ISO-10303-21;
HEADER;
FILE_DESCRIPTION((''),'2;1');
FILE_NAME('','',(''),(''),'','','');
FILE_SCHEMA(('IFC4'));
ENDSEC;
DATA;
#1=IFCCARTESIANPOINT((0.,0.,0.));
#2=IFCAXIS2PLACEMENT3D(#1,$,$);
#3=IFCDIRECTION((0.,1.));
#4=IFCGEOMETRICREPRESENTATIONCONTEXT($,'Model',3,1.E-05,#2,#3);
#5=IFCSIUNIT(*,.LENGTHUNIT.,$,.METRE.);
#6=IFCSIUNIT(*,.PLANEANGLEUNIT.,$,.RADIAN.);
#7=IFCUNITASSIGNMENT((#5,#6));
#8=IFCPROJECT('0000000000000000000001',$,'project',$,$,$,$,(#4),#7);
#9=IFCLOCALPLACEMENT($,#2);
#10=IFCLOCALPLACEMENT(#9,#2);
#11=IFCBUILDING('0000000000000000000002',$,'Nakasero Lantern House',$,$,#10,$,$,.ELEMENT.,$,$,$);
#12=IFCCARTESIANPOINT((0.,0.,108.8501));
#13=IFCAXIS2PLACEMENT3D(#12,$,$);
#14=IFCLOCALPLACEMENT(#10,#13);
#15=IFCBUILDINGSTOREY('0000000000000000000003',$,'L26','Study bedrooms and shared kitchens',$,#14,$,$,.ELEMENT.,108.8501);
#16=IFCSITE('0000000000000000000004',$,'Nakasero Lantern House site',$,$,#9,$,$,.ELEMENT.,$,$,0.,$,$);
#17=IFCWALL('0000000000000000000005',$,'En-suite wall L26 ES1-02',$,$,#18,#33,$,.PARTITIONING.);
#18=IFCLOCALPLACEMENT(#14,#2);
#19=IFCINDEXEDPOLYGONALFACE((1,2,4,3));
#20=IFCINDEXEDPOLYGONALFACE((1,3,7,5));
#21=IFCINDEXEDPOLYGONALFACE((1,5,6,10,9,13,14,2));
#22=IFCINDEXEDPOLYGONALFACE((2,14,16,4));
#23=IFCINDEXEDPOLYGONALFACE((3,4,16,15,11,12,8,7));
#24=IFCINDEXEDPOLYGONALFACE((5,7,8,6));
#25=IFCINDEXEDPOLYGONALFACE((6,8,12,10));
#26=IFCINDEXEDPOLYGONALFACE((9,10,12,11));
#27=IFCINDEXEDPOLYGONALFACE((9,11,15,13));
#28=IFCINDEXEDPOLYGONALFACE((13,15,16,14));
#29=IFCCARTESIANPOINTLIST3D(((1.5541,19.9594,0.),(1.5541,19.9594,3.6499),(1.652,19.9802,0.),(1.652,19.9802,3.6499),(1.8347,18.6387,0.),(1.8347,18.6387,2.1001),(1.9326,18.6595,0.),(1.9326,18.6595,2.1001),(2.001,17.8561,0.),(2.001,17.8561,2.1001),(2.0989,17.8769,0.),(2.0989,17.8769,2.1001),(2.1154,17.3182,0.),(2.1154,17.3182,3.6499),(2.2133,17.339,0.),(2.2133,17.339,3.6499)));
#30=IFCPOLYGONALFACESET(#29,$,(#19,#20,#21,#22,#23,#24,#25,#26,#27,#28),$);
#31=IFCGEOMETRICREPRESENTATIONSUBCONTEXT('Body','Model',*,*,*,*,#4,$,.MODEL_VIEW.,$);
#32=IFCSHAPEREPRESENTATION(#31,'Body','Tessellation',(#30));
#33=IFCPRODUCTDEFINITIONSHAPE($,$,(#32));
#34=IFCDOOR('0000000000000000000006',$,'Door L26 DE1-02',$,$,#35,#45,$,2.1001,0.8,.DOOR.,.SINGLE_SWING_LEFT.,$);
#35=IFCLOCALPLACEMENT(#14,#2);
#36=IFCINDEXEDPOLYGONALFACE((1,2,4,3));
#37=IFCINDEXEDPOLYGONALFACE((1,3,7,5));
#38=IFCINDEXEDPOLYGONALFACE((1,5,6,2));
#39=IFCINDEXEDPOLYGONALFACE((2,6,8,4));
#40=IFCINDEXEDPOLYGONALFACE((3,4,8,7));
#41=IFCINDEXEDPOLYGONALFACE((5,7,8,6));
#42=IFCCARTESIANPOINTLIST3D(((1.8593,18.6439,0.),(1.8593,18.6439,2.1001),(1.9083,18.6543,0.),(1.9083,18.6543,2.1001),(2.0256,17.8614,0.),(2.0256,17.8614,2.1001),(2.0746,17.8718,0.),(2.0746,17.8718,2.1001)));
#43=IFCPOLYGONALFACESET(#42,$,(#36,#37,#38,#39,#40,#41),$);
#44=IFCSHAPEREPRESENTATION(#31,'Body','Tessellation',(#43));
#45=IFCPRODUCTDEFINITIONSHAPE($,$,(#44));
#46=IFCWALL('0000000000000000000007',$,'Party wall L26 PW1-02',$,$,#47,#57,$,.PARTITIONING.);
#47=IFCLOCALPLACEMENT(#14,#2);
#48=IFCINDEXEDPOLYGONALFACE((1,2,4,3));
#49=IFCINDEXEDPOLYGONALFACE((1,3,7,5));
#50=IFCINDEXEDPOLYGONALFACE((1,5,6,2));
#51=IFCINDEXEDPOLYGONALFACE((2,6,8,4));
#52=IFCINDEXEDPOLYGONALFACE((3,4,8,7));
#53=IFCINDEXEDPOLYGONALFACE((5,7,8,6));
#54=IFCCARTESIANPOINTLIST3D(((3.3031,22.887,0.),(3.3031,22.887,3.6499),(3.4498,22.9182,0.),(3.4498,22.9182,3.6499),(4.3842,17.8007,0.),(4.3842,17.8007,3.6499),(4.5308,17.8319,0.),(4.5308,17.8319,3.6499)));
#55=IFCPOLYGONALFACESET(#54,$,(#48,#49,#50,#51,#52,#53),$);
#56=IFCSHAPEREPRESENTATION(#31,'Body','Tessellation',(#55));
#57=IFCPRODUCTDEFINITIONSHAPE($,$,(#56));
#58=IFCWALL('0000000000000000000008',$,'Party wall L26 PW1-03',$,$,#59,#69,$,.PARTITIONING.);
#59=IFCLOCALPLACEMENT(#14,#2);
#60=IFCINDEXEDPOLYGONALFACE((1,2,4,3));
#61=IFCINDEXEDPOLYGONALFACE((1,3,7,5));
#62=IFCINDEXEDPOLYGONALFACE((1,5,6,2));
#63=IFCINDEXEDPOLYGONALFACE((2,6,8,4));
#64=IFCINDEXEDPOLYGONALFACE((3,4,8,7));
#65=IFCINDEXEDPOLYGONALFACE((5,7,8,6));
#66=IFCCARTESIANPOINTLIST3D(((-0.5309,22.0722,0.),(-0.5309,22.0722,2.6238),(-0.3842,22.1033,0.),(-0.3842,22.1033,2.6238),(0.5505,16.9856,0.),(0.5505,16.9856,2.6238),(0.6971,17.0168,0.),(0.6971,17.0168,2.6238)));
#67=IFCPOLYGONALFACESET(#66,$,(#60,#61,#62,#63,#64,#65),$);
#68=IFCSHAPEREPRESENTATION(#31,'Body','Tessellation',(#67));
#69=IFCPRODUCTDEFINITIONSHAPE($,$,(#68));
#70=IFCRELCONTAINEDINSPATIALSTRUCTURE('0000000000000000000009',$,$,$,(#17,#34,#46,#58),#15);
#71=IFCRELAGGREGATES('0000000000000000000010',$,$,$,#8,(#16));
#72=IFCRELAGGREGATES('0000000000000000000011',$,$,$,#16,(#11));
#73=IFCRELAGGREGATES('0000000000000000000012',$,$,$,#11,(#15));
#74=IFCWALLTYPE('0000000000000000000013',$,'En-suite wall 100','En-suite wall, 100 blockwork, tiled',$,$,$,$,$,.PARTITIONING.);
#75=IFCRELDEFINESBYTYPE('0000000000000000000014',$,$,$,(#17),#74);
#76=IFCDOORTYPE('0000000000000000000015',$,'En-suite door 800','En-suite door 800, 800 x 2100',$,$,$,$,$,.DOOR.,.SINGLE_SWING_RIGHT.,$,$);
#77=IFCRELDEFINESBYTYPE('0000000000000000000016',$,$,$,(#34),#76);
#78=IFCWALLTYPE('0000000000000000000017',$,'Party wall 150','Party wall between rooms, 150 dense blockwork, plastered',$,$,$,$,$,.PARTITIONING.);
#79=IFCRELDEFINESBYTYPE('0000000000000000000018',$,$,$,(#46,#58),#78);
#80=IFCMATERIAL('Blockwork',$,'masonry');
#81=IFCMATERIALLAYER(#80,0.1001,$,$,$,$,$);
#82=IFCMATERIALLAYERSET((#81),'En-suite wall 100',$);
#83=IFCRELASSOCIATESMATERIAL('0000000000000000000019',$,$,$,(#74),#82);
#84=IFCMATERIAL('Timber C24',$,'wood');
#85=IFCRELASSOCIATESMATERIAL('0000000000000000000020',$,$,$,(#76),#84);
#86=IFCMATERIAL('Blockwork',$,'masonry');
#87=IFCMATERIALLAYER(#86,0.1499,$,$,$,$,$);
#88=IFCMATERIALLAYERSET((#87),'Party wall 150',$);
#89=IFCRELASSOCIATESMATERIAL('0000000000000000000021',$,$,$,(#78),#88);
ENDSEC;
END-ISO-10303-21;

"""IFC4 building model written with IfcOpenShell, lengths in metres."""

from ifc_helpers import new_model, si_unit, direction, frame, frame_2d, origin, place, context, subcontext, project, spatial, rectangle, extrude, material, layer, layer_set, type_object, element, fill, save


model = new_model("IFC4")

# Units and contexts
model_context = context("Model", 3, precision=1e-05, world=origin(), true_north=direction((0.0, 1.0)))
body_context = subcontext(model_context, "Body", "Model", "MODEL_VIEW")
ifc_project = project(units=[si_unit("LENGTHUNIT", "METRE"), si_unit("PLANEANGLEUNIT", "RADIAN")], contexts=[model_context])

# Site, building, storey
site_placement = place(None, origin())
site = spatial("IfcSite", under=ifc_project, at=site_placement, Name="Nakasero Lantern House site", CompositionType="ELEMENT", RefElevation=0.0)
building_placement = place(site_placement, origin())
building = spatial("IfcBuilding", under=site, at=building_placement, Name="Nakasero Lantern House", CompositionType="ELEMENT")
storey_placement = place(building_placement, frame((0.0, 0.0, 108.8501)))
storey = spatial("IfcBuildingStorey", under=building, at=storey_placement, Name="L26", Description="Study bedrooms and shared kitchens", CompositionType="ELEMENT", Elevation=108.8501)

# Wall, opening, door
ifc_material_1 = material(Name="Blockwork", Category="masonry")
ifc_layer_1 = layer(ifc_material_1, 0.1001)
ifc_layer_set_1 = layer_set([ifc_layer_1], Name="En-suite wall 100")
wall_type_1 = type_object("IfcWallType", Name="En-suite wall 100", Description="En-suite wall, 100 blockwork, tiled", PredefinedType="PARTITIONING", material=ifc_layer_set_1)
ifc_material_2 = material(Name="Timber C24", Category="wood")
door_type_1 = type_object("IfcDoorType", Name="En-suite door 800", Description="En-suite door 800, 800 x 2100", OperationType="SINGLE_SWING_RIGHT", PredefinedType="DOOR", material=ifc_material_2)
wall_1_placement = place(storey_placement, frame((2.1643, 17.3286, 0.0), z_axis=(0.0, 0.0, 1.0), x_axis=(-0.207874, 0.978156, 0.0)))
wall_1 = element("IfcWall", 1, at=wall_1_placement, inside=storey, type_object=wall_type_1, Name="En-suite wall L26 ES1-02", PredefinedType="PARTITIONING", context=body_context, shape_type="SweptSolid", body=[
    extrude(rectangle(XDim=2.7002, YDim=0.1001, at=frame_2d((1.3501, 0.0))), origin(), (0.0, 0.0, 1.0), 3.6499),
])
opening_1_placement = place(wall_1_placement, frame((0.55, 0.0, 0.0)))
opening_1 = element("IfcOpeningElement", 2, at=opening_1_placement, cuts=wall_1, PredefinedType="OPENING", context=body_context, shape_type="SweptSolid", body=[
    extrude(rectangle(XDim=0.8, YDim=2.1001, at=frame_2d((0.3999, 1.05))), frame((0.0, 0.0701, 0.0), z_axis=(0.0, -1.0, 0.0), x_axis=(1.0, 0.0, 0.0)), (0.0, 0.0, 1.0), 0.1401),
])
door_1_placement = place(opening_1_placement, origin())
door_1 = element("IfcDoor", 3, at=door_1_placement, inside=storey, type_object=door_type_1, Name="Door L26 DE1-02", OperationType="SINGLE_SWING_LEFT", OverallHeight=2.1001, OverallWidth=0.8, PredefinedType="DOOR", context=body_context, shape_type="SweptSolid", body=[
    extrude(rectangle(XDim=0.8, YDim=2.1001, at=frame_2d((0.3999, 1.05))), frame((0.0, 0.0249, 0.0), z_axis=(0.0, -1.0, 0.0), x_axis=(1.0, 0.0, 0.0)), (0.0, 0.0, 1.0), 0.05),
])
fill(opening_1, door_1)

# Walls
ifc_material_3 = material(Name="Blockwork", Category="masonry")
ifc_layer_2 = layer(ifc_material_3, 0.1499)
ifc_layer_set_2 = layer_set([ifc_layer_2], Name="Party wall 150")
wall_type_2 = type_object("IfcWallType", Name="Party wall 150", Description="Party wall between rooms, 150 dense blockwork, plastered", PredefinedType="PARTITIONING", material=ifc_layer_set_2)
wall_2_placement = place(storey_placement, frame((4.4575, 17.8162, 0.0), z_axis=(0.0, 0.0, 1.0), x_axis=(-0.207894, 0.978151, 0.0)))
element("IfcWall", 4, at=wall_2_placement, inside=storey, type_object=wall_type_2, Name="Party wall L26 PW1-02", PredefinedType="PARTITIONING", context=body_context, shape_type="SweptSolid", body=[
    extrude(rectangle(XDim=5.2, YDim=0.1499, at=frame_2d((2.6001, 0.0))), origin(), (0.0, 0.0, 1.0), 3.6499),
])
wall_3_placement = place(storey_placement, frame((0.6238, 17.0012, 0.0), z_axis=(0.0, 0.0, 1.0), x_axis=(-0.207938, 0.978142, 0.0)))
element("IfcWall", 5, at=wall_3_placement, inside=storey, type_object=wall_type_2, Name="Party wall L26 PW1-03", PredefinedType="PARTITIONING", context=body_context, shape_type="SweptSolid", body=[
    extrude(rectangle(XDim=5.2002, YDim=0.1499, at=frame_2d((2.6001, 0.0))), origin(), (0.0, 0.0, 1.0), 2.6238),
])

save(model, "model.ifc")
